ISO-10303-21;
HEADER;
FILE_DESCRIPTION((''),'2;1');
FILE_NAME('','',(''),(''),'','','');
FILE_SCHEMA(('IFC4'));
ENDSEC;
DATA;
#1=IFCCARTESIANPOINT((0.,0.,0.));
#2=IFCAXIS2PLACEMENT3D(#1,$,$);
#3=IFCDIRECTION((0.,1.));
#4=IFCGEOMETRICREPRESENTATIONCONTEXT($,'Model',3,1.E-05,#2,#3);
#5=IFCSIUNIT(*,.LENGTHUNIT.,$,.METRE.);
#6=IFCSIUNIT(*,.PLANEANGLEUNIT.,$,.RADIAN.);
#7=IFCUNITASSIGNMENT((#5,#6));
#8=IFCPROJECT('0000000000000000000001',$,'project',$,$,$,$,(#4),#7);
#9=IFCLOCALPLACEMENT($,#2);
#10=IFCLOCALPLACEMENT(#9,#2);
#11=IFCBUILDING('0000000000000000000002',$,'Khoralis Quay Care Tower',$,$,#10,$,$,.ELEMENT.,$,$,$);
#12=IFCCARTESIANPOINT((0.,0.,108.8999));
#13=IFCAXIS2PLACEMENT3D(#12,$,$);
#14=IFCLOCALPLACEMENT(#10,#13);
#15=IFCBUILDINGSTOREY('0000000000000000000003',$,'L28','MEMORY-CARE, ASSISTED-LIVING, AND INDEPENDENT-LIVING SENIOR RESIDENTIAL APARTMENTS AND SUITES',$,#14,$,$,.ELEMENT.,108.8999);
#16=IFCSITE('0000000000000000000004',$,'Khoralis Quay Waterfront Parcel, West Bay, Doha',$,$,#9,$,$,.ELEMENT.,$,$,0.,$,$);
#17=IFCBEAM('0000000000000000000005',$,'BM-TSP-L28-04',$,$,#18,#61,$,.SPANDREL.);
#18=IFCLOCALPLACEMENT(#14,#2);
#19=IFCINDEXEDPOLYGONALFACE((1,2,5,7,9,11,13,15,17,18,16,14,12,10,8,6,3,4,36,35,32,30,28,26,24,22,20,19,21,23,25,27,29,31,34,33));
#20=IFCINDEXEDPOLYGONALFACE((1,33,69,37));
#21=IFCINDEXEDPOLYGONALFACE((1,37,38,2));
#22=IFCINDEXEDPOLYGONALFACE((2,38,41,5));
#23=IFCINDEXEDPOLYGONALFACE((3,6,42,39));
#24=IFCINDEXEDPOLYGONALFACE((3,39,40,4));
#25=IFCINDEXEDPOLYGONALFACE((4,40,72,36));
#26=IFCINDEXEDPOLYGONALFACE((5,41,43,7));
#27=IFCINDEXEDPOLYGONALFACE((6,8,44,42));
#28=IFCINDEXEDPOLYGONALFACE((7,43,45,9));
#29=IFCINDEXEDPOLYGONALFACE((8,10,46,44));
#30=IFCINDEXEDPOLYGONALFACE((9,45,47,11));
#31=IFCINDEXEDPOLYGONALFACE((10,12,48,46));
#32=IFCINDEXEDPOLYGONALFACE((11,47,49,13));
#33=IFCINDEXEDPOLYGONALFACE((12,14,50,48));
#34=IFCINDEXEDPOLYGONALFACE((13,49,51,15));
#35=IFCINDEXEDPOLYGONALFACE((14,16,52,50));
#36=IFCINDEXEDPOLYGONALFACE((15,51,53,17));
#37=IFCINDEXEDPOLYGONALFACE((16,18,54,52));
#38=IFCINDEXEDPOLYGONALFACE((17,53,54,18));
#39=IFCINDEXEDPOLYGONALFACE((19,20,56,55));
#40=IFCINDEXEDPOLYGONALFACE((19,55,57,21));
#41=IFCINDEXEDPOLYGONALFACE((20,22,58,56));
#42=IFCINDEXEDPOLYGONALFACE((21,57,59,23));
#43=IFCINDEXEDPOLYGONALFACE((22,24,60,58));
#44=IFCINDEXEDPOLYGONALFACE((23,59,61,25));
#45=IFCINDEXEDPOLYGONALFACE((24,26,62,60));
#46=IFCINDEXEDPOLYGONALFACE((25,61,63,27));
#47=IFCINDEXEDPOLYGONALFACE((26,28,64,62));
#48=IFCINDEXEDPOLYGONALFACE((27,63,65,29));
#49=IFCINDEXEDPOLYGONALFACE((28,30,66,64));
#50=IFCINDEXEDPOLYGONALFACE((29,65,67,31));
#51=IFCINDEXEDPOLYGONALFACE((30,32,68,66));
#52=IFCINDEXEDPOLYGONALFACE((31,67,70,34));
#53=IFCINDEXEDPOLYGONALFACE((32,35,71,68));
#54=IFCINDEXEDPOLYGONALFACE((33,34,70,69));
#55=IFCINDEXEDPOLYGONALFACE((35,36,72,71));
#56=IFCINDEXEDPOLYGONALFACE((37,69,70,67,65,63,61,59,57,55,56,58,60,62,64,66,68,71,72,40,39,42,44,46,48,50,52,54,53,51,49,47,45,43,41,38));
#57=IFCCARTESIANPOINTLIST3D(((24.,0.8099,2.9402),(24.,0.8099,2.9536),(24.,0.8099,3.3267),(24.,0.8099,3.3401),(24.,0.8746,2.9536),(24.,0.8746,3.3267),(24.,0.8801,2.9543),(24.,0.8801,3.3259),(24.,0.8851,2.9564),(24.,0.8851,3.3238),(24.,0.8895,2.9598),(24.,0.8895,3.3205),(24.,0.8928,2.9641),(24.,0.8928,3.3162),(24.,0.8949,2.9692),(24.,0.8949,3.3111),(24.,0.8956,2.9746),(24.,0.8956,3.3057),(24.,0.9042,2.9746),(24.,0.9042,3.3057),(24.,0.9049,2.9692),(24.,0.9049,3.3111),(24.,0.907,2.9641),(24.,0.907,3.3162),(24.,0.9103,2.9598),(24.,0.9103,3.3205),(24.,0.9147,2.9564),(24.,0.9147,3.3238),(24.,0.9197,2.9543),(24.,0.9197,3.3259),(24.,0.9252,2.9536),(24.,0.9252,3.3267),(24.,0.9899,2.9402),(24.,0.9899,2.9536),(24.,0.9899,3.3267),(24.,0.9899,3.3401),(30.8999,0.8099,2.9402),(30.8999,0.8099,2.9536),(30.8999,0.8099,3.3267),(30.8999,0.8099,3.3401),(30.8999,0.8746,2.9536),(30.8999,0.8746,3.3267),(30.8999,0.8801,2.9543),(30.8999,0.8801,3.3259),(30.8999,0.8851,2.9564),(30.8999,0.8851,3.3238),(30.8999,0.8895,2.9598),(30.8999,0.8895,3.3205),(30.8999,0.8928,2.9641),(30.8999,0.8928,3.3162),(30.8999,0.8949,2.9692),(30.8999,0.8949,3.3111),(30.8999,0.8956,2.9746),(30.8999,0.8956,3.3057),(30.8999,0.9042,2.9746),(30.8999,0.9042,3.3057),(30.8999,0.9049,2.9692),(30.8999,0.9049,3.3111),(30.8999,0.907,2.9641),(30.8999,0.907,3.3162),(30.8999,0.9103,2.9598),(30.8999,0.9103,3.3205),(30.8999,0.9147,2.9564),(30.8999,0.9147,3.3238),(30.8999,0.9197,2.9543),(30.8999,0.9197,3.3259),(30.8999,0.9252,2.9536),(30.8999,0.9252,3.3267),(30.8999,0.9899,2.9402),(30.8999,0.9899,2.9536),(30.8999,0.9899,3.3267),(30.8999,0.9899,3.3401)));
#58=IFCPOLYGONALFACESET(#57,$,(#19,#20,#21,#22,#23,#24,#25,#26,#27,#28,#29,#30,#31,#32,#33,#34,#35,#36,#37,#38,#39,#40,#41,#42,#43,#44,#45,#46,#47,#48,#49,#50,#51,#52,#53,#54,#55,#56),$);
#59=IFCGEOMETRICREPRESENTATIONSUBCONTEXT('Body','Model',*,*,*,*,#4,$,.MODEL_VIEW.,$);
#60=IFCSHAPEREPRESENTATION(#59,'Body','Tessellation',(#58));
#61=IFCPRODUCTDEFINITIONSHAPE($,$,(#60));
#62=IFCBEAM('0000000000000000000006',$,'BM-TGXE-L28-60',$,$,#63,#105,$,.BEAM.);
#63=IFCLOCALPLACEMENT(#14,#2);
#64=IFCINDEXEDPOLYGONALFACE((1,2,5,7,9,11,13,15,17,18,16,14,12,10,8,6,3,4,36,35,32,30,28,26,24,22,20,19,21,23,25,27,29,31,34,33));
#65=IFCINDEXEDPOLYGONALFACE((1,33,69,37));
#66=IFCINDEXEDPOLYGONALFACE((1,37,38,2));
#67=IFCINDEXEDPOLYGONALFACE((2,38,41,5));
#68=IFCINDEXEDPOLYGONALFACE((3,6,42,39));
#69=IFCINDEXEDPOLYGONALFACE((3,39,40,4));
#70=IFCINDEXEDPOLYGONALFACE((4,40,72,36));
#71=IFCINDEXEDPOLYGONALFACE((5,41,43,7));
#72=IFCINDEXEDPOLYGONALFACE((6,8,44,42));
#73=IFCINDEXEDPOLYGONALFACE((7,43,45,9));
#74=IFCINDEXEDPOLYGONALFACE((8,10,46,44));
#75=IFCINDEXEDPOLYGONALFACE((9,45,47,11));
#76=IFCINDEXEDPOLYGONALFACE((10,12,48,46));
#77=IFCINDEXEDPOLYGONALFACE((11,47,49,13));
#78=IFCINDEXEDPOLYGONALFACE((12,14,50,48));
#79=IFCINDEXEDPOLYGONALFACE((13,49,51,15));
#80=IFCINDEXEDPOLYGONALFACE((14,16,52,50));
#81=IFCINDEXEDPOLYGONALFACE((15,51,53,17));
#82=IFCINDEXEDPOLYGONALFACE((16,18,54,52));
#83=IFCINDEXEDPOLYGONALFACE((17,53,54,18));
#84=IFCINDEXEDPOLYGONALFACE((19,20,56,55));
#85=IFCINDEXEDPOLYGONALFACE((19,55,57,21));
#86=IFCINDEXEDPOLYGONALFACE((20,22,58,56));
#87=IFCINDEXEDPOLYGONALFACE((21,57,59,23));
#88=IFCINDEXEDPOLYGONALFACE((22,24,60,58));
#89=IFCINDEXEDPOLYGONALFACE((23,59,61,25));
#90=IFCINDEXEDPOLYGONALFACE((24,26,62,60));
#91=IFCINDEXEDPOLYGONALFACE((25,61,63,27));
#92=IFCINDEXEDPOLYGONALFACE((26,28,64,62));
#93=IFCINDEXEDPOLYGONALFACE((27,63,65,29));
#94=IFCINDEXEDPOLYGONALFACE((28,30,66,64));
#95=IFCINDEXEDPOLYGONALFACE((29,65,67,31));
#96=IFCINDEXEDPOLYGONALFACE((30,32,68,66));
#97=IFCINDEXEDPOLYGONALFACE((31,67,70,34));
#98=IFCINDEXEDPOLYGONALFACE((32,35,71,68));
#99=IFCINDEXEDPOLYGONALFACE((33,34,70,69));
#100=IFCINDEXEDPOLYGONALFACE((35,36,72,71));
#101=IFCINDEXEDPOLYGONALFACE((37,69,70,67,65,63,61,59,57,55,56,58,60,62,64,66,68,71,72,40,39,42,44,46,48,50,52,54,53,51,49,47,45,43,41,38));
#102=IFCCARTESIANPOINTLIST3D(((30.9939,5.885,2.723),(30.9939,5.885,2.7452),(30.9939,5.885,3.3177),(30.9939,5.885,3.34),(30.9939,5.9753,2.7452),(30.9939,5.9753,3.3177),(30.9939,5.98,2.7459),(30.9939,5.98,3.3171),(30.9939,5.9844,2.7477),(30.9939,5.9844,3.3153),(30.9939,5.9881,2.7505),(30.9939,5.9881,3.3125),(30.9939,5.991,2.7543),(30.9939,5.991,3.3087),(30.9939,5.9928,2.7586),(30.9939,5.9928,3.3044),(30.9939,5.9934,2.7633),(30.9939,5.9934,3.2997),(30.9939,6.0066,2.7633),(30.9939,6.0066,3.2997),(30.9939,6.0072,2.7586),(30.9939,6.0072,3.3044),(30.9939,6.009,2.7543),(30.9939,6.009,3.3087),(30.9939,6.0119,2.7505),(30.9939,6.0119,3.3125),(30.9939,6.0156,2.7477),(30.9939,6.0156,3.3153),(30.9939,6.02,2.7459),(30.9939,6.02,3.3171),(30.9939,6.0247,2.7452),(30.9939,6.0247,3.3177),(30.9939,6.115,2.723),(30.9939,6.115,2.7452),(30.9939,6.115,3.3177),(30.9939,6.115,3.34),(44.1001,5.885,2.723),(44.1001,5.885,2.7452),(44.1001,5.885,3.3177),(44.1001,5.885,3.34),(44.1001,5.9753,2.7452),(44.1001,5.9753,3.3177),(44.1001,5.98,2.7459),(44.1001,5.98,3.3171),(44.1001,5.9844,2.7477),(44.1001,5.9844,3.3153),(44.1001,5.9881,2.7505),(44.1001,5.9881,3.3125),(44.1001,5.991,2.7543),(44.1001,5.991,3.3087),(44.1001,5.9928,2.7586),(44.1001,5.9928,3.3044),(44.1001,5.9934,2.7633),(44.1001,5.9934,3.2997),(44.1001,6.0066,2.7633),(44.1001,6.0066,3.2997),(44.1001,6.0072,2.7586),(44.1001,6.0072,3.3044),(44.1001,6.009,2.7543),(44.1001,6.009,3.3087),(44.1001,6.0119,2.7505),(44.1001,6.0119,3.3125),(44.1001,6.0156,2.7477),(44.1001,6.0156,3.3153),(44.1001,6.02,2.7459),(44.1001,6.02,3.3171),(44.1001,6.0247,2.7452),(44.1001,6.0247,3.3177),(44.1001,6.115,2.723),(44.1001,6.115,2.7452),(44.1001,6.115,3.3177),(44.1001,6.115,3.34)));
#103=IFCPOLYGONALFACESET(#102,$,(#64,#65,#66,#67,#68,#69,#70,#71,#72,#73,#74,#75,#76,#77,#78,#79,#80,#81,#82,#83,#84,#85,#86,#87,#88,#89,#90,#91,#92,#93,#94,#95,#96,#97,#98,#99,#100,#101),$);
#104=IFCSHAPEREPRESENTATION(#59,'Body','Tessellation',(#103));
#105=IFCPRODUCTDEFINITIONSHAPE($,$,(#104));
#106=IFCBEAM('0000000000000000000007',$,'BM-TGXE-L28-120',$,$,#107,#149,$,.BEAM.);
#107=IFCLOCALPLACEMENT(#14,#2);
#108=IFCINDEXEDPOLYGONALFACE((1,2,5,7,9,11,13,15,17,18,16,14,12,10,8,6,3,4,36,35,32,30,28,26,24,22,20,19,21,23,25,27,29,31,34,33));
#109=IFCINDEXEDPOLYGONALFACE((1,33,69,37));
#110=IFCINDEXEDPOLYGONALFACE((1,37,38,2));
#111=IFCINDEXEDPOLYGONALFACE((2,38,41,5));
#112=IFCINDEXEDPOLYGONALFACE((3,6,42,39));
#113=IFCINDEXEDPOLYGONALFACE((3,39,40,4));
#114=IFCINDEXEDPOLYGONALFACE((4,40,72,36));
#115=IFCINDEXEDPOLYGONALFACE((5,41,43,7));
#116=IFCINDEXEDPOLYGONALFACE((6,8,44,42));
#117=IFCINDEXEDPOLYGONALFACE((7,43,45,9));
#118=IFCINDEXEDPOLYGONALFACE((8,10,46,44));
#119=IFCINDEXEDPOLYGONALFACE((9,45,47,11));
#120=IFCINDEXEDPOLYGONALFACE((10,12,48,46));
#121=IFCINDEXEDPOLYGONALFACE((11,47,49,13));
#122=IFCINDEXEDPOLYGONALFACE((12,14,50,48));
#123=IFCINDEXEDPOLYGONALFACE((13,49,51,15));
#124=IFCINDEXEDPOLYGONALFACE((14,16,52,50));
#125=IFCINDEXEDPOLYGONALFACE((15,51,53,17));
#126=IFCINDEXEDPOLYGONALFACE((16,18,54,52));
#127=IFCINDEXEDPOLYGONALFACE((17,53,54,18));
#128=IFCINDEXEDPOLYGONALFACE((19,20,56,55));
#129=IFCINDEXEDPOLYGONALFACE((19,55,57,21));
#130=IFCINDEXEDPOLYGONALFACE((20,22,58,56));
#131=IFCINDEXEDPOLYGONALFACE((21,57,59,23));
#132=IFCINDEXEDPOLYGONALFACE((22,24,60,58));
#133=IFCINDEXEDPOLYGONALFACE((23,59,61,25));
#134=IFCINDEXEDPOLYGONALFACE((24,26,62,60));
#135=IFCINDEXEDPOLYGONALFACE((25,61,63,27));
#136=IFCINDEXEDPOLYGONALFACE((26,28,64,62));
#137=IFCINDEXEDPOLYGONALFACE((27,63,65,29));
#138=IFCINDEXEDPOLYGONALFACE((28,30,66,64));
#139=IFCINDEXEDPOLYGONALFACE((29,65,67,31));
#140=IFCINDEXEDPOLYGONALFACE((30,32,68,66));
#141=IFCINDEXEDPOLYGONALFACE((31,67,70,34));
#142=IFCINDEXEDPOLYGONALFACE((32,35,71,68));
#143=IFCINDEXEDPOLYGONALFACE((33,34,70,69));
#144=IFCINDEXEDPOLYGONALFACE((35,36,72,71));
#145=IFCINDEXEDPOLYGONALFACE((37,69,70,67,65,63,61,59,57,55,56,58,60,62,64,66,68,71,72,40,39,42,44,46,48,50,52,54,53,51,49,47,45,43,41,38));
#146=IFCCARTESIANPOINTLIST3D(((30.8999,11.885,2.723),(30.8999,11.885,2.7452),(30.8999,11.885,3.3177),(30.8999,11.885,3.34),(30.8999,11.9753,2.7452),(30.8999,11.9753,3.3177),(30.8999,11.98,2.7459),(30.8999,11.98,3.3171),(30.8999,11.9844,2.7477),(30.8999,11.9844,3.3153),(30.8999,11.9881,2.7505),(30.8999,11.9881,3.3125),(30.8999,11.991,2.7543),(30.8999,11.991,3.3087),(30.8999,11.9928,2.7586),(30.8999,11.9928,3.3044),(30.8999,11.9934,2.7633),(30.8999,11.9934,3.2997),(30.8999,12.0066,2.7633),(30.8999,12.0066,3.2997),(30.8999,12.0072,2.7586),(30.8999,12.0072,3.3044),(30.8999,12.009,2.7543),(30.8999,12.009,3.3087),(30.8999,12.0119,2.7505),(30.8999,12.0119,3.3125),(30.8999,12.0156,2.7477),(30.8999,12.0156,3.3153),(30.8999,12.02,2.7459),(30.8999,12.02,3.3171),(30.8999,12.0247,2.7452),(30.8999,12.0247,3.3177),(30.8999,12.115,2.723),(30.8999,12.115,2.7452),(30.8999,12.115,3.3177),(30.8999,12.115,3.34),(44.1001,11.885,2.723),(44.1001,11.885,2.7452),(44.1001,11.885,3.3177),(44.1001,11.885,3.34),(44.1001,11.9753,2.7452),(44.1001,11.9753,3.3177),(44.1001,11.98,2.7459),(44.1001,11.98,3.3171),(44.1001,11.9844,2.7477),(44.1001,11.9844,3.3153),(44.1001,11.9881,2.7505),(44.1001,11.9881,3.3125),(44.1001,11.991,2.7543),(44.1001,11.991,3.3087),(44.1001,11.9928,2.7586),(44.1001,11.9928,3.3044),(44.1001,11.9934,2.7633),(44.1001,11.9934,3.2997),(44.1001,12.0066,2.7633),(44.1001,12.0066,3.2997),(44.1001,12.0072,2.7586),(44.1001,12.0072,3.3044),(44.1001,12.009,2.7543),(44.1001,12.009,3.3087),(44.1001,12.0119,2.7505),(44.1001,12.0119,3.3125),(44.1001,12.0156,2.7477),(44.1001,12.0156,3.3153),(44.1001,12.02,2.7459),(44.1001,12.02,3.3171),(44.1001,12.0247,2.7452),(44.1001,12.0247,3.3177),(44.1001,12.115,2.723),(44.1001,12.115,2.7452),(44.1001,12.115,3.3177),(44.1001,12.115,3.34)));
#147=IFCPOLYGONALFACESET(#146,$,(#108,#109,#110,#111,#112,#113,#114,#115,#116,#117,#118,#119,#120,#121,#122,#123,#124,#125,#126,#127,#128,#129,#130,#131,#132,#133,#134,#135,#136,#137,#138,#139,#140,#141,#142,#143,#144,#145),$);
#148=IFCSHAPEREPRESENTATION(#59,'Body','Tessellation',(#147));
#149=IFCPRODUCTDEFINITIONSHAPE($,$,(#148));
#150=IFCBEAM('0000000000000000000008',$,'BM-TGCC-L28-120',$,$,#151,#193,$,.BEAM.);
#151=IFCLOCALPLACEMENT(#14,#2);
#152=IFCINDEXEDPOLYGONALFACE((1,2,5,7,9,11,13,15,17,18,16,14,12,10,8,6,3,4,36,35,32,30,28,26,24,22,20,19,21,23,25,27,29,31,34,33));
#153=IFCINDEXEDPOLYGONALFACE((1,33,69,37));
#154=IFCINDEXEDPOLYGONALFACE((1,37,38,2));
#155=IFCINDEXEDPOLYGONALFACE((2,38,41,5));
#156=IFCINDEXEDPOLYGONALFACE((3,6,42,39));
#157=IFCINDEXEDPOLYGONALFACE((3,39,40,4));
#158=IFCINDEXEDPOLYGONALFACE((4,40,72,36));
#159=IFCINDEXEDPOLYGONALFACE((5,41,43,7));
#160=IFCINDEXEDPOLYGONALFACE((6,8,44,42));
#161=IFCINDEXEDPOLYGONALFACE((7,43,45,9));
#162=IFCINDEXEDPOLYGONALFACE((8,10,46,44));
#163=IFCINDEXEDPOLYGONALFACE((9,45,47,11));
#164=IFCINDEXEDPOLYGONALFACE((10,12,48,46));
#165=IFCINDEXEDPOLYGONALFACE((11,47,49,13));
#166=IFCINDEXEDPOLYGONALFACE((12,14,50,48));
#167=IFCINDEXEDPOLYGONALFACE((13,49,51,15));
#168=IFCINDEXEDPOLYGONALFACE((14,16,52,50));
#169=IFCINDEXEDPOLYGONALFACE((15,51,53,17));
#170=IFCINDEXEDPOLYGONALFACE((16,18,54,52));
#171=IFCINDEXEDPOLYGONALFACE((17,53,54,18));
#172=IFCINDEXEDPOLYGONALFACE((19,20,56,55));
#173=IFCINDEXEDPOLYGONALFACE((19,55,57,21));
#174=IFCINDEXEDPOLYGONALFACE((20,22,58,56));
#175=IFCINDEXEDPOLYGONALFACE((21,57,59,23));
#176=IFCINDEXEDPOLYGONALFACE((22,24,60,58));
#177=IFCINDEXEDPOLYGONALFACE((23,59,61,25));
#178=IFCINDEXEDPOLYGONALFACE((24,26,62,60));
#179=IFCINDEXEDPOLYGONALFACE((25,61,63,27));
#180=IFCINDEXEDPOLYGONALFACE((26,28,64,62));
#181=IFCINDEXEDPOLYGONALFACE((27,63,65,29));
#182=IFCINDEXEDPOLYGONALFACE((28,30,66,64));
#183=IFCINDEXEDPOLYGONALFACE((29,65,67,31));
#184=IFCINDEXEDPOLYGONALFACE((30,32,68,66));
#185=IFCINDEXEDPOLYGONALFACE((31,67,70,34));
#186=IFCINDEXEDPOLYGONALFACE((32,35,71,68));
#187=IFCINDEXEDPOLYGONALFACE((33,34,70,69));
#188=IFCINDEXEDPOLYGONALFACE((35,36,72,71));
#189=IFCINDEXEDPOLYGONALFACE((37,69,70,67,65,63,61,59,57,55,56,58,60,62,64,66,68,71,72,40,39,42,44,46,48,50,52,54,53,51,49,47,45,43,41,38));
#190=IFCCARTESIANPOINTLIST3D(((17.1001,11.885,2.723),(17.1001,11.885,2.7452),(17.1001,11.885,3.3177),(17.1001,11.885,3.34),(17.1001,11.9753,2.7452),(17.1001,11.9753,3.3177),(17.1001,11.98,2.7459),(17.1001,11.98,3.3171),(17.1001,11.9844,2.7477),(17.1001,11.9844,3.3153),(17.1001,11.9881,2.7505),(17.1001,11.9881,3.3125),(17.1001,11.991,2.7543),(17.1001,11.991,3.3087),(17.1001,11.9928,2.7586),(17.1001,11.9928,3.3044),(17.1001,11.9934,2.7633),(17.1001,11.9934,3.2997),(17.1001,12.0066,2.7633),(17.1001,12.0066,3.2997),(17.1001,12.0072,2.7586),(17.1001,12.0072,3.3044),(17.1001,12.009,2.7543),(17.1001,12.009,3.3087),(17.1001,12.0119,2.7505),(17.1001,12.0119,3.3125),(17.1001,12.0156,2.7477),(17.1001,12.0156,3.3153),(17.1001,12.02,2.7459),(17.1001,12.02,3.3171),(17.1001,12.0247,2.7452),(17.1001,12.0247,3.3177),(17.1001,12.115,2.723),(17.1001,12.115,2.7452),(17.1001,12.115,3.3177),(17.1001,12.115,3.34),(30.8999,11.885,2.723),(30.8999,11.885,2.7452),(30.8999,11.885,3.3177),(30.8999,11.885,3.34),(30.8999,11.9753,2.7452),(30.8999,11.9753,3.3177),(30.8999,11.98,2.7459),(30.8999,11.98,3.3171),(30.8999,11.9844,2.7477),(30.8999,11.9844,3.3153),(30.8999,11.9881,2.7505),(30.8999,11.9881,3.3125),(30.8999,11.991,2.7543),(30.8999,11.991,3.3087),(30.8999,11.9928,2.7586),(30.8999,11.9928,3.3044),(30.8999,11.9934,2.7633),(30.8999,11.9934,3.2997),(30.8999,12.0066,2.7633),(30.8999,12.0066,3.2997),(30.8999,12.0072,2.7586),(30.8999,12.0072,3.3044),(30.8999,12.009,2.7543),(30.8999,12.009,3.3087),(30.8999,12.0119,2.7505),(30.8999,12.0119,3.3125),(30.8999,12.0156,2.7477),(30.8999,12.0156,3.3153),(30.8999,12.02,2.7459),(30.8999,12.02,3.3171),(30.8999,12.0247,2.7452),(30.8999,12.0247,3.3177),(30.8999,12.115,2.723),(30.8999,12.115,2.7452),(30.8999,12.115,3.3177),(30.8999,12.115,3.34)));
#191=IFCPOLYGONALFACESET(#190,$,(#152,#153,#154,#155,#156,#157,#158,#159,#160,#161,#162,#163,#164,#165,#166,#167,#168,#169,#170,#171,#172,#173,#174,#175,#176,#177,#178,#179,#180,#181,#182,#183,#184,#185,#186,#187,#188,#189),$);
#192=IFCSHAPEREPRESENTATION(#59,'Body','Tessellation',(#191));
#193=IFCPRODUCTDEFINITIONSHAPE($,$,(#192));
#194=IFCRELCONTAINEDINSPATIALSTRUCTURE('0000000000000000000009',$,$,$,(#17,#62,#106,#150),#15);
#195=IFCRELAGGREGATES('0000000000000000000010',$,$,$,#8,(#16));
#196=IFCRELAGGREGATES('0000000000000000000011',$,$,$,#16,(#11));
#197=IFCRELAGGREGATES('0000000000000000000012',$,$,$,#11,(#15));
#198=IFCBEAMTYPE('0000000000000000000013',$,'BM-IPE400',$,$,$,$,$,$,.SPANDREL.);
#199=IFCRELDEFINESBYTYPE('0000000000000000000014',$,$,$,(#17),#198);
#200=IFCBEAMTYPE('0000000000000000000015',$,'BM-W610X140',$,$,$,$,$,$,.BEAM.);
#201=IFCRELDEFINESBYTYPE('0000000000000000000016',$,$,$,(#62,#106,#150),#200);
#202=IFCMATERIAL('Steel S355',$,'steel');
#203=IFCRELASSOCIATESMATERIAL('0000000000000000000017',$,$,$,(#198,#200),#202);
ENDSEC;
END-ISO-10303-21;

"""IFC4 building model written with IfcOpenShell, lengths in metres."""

from ifc_helpers import new_model, si_unit, direction, frame, origin, origin_2d, place, context, subcontext, project, spatial, i_section, extrude, source, transform, mapped, material, material_profile, profile_set, type_object, element, save


model = new_model("IFC4")

# Units and contexts
model_context = context("Model", 3, precision=1e-05, world=origin(), true_north=direction((0.0, 1.0)))
body_context = subcontext(model_context, "Body", "Model", "MODEL_VIEW")
ifc_project = project(units=[si_unit("LENGTHUNIT", "METRE"), si_unit("PLANEANGLEUNIT", "RADIAN")], contexts=[model_context])

# Site, building, storey
site_placement = place(None, origin())
site = spatial("IfcSite", under=ifc_project, at=site_placement, Name="Khoralis Quay Waterfront Parcel, West Bay, Doha", CompositionType="ELEMENT", RefElevation=0.0)
building_placement = place(site_placement, origin())
building = spatial("IfcBuilding", under=site, at=building_placement, Name="Khoralis Quay Care Tower", CompositionType="ELEMENT")
storey_placement = place(building_placement, frame((0.0, 0.0, 108.8999)))
storey = spatial("IfcBuildingStorey", under=building, at=storey_placement, Name="L28", Description="MEMORY-CARE, ASSISTED-LIVING, AND INDEPENDENT-LIVING SENIOR RESIDENTIAL APARTMENTS AND SUITES", CompositionType="ELEMENT", Elevation=108.8999)

# Beams
ifc_material_1 = material(Name="Steel S355", Category="steel")
ifc_material_profile_1 = material_profile(ifc_material_1, i_section(OverallWidth=0.1799, OverallDepth=0.3999, WebThickness=0.0085, FlangeThickness=0.0134, FilletRadius=0.021, at=origin_2d()), Name="Steel S355")
ifc_profile_set_1 = profile_set([ifc_material_profile_1], Name="Steel S355")
beam_type_1 = type_object("IfcBeamType", Name="BM-IPE400", PredefinedType="SPANDREL", material=ifc_profile_set_1)
shared_shape_1 = source(origin(), body_context, "Body", "SweptSolid", [
    extrude(i_section(OverallWidth=0.1799, OverallDepth=0.3999, WebThickness=0.0085, FlangeThickness=0.0134, FilletRadius=0.021, at=origin_2d()), origin(), (0.0, 0.0, 1.0), 6.8999),
])
for number, where, z_axis, x_axis, name in (
    (1, (24.0, 0.8999, 3.1401), (1.0, 0.0, 0.0), (0.0, 1.0, 0.0), "BM-TSP-L28-04"),
):
    element("IfcBeam", number, at=place(storey_placement, frame(where, z_axis=z_axis, x_axis=x_axis)), inside=storey, type_object=beam_type_1, Name=name, PredefinedType="SPANDREL", context=body_context, shape_type="MappedRepresentation", body=[
        mapped(shared_shape_1, transform((0.0, 0.0, 0.0), scale=1.0)),
    ])
ifc_material_profile_2 = material_profile(ifc_material_1, i_section(OverallWidth=0.23, OverallDepth=0.6169, WebThickness=0.0132, FlangeThickness=0.0222, FilletRadius=0.0181, at=origin_2d()), Name="Steel S355")
ifc_profile_set_2 = profile_set([ifc_material_profile_2], Name="Steel S355")
beam_type_2 = type_object("IfcBeamType", Name="BM-W610X140", PredefinedType="BEAM", material=ifc_profile_set_2)
shared_shape_2 = source(origin(), body_context, "Body", "SweptSolid", [
    extrude(i_section(OverallWidth=0.23, OverallDepth=0.6169, WebThickness=0.0132, FlangeThickness=0.0222, FilletRadius=0.0181, at=origin_2d()), origin(), (0.0, 0.0, 1.0), 13.1062),
])
beam_1_placement = place(storey_placement, frame((30.9939, 6.0, 3.0315), z_axis=(1.0, 0.0, 0.0), x_axis=(0.0, 1.0, 0.0)))
element("IfcBeam", 2, at=beam_1_placement, inside=storey, type_object=beam_type_2, Name="BM-TGXE-L28-60", PredefinedType="BEAM", context=body_context, shape_type="MappedRepresentation", body=[
    mapped(shared_shape_2, transform((0.0, 0.0, 0.0), scale=1.0)),
])
shared_shape_3 = source(origin(), body_context, "Body", "SweptSolid", [
    extrude(i_section(OverallWidth=0.23, OverallDepth=0.6169, WebThickness=0.0132, FlangeThickness=0.0222, FilletRadius=0.0181, at=origin_2d()), origin(), (0.0, 0.0, 1.0), 13.2002),
])
beam_2_placement = place(storey_placement, frame((30.8999, 12.0, 3.0315), z_axis=(1.0, 0.0, 0.0), x_axis=(0.0, 1.0, 0.0)))
element("IfcBeam", 3, at=beam_2_placement, inside=storey, type_object=beam_type_2, Name="BM-TGXE-L28-120", PredefinedType="BEAM", context=body_context, shape_type="MappedRepresentation", body=[
    mapped(shared_shape_3, transform((0.0, 0.0, 0.0), scale=1.0)),
])
shared_shape_4 = source(origin(), body_context, "Body", "SweptSolid", [
    extrude(i_section(OverallWidth=0.23, OverallDepth=0.6169, WebThickness=0.0132, FlangeThickness=0.0222, FilletRadius=0.0181, at=origin_2d()), origin(), (0.0, 0.0, 1.0), 13.7998),
])
beam_3_placement = place(storey_placement, frame((17.1001, 12.0, 3.0315), z_axis=(1.0, 0.0, 0.0), x_axis=(0.0, 1.0, 0.0)))
element("IfcBeam", 4, at=beam_3_placement, inside=storey, type_object=beam_type_2, Name="BM-TGCC-L28-120", PredefinedType="BEAM", context=body_context, shape_type="MappedRepresentation", body=[
    mapped(shared_shape_4, transform((0.0, 0.0, 0.0), scale=1.0)),
])

save(model, "model.ifc")
